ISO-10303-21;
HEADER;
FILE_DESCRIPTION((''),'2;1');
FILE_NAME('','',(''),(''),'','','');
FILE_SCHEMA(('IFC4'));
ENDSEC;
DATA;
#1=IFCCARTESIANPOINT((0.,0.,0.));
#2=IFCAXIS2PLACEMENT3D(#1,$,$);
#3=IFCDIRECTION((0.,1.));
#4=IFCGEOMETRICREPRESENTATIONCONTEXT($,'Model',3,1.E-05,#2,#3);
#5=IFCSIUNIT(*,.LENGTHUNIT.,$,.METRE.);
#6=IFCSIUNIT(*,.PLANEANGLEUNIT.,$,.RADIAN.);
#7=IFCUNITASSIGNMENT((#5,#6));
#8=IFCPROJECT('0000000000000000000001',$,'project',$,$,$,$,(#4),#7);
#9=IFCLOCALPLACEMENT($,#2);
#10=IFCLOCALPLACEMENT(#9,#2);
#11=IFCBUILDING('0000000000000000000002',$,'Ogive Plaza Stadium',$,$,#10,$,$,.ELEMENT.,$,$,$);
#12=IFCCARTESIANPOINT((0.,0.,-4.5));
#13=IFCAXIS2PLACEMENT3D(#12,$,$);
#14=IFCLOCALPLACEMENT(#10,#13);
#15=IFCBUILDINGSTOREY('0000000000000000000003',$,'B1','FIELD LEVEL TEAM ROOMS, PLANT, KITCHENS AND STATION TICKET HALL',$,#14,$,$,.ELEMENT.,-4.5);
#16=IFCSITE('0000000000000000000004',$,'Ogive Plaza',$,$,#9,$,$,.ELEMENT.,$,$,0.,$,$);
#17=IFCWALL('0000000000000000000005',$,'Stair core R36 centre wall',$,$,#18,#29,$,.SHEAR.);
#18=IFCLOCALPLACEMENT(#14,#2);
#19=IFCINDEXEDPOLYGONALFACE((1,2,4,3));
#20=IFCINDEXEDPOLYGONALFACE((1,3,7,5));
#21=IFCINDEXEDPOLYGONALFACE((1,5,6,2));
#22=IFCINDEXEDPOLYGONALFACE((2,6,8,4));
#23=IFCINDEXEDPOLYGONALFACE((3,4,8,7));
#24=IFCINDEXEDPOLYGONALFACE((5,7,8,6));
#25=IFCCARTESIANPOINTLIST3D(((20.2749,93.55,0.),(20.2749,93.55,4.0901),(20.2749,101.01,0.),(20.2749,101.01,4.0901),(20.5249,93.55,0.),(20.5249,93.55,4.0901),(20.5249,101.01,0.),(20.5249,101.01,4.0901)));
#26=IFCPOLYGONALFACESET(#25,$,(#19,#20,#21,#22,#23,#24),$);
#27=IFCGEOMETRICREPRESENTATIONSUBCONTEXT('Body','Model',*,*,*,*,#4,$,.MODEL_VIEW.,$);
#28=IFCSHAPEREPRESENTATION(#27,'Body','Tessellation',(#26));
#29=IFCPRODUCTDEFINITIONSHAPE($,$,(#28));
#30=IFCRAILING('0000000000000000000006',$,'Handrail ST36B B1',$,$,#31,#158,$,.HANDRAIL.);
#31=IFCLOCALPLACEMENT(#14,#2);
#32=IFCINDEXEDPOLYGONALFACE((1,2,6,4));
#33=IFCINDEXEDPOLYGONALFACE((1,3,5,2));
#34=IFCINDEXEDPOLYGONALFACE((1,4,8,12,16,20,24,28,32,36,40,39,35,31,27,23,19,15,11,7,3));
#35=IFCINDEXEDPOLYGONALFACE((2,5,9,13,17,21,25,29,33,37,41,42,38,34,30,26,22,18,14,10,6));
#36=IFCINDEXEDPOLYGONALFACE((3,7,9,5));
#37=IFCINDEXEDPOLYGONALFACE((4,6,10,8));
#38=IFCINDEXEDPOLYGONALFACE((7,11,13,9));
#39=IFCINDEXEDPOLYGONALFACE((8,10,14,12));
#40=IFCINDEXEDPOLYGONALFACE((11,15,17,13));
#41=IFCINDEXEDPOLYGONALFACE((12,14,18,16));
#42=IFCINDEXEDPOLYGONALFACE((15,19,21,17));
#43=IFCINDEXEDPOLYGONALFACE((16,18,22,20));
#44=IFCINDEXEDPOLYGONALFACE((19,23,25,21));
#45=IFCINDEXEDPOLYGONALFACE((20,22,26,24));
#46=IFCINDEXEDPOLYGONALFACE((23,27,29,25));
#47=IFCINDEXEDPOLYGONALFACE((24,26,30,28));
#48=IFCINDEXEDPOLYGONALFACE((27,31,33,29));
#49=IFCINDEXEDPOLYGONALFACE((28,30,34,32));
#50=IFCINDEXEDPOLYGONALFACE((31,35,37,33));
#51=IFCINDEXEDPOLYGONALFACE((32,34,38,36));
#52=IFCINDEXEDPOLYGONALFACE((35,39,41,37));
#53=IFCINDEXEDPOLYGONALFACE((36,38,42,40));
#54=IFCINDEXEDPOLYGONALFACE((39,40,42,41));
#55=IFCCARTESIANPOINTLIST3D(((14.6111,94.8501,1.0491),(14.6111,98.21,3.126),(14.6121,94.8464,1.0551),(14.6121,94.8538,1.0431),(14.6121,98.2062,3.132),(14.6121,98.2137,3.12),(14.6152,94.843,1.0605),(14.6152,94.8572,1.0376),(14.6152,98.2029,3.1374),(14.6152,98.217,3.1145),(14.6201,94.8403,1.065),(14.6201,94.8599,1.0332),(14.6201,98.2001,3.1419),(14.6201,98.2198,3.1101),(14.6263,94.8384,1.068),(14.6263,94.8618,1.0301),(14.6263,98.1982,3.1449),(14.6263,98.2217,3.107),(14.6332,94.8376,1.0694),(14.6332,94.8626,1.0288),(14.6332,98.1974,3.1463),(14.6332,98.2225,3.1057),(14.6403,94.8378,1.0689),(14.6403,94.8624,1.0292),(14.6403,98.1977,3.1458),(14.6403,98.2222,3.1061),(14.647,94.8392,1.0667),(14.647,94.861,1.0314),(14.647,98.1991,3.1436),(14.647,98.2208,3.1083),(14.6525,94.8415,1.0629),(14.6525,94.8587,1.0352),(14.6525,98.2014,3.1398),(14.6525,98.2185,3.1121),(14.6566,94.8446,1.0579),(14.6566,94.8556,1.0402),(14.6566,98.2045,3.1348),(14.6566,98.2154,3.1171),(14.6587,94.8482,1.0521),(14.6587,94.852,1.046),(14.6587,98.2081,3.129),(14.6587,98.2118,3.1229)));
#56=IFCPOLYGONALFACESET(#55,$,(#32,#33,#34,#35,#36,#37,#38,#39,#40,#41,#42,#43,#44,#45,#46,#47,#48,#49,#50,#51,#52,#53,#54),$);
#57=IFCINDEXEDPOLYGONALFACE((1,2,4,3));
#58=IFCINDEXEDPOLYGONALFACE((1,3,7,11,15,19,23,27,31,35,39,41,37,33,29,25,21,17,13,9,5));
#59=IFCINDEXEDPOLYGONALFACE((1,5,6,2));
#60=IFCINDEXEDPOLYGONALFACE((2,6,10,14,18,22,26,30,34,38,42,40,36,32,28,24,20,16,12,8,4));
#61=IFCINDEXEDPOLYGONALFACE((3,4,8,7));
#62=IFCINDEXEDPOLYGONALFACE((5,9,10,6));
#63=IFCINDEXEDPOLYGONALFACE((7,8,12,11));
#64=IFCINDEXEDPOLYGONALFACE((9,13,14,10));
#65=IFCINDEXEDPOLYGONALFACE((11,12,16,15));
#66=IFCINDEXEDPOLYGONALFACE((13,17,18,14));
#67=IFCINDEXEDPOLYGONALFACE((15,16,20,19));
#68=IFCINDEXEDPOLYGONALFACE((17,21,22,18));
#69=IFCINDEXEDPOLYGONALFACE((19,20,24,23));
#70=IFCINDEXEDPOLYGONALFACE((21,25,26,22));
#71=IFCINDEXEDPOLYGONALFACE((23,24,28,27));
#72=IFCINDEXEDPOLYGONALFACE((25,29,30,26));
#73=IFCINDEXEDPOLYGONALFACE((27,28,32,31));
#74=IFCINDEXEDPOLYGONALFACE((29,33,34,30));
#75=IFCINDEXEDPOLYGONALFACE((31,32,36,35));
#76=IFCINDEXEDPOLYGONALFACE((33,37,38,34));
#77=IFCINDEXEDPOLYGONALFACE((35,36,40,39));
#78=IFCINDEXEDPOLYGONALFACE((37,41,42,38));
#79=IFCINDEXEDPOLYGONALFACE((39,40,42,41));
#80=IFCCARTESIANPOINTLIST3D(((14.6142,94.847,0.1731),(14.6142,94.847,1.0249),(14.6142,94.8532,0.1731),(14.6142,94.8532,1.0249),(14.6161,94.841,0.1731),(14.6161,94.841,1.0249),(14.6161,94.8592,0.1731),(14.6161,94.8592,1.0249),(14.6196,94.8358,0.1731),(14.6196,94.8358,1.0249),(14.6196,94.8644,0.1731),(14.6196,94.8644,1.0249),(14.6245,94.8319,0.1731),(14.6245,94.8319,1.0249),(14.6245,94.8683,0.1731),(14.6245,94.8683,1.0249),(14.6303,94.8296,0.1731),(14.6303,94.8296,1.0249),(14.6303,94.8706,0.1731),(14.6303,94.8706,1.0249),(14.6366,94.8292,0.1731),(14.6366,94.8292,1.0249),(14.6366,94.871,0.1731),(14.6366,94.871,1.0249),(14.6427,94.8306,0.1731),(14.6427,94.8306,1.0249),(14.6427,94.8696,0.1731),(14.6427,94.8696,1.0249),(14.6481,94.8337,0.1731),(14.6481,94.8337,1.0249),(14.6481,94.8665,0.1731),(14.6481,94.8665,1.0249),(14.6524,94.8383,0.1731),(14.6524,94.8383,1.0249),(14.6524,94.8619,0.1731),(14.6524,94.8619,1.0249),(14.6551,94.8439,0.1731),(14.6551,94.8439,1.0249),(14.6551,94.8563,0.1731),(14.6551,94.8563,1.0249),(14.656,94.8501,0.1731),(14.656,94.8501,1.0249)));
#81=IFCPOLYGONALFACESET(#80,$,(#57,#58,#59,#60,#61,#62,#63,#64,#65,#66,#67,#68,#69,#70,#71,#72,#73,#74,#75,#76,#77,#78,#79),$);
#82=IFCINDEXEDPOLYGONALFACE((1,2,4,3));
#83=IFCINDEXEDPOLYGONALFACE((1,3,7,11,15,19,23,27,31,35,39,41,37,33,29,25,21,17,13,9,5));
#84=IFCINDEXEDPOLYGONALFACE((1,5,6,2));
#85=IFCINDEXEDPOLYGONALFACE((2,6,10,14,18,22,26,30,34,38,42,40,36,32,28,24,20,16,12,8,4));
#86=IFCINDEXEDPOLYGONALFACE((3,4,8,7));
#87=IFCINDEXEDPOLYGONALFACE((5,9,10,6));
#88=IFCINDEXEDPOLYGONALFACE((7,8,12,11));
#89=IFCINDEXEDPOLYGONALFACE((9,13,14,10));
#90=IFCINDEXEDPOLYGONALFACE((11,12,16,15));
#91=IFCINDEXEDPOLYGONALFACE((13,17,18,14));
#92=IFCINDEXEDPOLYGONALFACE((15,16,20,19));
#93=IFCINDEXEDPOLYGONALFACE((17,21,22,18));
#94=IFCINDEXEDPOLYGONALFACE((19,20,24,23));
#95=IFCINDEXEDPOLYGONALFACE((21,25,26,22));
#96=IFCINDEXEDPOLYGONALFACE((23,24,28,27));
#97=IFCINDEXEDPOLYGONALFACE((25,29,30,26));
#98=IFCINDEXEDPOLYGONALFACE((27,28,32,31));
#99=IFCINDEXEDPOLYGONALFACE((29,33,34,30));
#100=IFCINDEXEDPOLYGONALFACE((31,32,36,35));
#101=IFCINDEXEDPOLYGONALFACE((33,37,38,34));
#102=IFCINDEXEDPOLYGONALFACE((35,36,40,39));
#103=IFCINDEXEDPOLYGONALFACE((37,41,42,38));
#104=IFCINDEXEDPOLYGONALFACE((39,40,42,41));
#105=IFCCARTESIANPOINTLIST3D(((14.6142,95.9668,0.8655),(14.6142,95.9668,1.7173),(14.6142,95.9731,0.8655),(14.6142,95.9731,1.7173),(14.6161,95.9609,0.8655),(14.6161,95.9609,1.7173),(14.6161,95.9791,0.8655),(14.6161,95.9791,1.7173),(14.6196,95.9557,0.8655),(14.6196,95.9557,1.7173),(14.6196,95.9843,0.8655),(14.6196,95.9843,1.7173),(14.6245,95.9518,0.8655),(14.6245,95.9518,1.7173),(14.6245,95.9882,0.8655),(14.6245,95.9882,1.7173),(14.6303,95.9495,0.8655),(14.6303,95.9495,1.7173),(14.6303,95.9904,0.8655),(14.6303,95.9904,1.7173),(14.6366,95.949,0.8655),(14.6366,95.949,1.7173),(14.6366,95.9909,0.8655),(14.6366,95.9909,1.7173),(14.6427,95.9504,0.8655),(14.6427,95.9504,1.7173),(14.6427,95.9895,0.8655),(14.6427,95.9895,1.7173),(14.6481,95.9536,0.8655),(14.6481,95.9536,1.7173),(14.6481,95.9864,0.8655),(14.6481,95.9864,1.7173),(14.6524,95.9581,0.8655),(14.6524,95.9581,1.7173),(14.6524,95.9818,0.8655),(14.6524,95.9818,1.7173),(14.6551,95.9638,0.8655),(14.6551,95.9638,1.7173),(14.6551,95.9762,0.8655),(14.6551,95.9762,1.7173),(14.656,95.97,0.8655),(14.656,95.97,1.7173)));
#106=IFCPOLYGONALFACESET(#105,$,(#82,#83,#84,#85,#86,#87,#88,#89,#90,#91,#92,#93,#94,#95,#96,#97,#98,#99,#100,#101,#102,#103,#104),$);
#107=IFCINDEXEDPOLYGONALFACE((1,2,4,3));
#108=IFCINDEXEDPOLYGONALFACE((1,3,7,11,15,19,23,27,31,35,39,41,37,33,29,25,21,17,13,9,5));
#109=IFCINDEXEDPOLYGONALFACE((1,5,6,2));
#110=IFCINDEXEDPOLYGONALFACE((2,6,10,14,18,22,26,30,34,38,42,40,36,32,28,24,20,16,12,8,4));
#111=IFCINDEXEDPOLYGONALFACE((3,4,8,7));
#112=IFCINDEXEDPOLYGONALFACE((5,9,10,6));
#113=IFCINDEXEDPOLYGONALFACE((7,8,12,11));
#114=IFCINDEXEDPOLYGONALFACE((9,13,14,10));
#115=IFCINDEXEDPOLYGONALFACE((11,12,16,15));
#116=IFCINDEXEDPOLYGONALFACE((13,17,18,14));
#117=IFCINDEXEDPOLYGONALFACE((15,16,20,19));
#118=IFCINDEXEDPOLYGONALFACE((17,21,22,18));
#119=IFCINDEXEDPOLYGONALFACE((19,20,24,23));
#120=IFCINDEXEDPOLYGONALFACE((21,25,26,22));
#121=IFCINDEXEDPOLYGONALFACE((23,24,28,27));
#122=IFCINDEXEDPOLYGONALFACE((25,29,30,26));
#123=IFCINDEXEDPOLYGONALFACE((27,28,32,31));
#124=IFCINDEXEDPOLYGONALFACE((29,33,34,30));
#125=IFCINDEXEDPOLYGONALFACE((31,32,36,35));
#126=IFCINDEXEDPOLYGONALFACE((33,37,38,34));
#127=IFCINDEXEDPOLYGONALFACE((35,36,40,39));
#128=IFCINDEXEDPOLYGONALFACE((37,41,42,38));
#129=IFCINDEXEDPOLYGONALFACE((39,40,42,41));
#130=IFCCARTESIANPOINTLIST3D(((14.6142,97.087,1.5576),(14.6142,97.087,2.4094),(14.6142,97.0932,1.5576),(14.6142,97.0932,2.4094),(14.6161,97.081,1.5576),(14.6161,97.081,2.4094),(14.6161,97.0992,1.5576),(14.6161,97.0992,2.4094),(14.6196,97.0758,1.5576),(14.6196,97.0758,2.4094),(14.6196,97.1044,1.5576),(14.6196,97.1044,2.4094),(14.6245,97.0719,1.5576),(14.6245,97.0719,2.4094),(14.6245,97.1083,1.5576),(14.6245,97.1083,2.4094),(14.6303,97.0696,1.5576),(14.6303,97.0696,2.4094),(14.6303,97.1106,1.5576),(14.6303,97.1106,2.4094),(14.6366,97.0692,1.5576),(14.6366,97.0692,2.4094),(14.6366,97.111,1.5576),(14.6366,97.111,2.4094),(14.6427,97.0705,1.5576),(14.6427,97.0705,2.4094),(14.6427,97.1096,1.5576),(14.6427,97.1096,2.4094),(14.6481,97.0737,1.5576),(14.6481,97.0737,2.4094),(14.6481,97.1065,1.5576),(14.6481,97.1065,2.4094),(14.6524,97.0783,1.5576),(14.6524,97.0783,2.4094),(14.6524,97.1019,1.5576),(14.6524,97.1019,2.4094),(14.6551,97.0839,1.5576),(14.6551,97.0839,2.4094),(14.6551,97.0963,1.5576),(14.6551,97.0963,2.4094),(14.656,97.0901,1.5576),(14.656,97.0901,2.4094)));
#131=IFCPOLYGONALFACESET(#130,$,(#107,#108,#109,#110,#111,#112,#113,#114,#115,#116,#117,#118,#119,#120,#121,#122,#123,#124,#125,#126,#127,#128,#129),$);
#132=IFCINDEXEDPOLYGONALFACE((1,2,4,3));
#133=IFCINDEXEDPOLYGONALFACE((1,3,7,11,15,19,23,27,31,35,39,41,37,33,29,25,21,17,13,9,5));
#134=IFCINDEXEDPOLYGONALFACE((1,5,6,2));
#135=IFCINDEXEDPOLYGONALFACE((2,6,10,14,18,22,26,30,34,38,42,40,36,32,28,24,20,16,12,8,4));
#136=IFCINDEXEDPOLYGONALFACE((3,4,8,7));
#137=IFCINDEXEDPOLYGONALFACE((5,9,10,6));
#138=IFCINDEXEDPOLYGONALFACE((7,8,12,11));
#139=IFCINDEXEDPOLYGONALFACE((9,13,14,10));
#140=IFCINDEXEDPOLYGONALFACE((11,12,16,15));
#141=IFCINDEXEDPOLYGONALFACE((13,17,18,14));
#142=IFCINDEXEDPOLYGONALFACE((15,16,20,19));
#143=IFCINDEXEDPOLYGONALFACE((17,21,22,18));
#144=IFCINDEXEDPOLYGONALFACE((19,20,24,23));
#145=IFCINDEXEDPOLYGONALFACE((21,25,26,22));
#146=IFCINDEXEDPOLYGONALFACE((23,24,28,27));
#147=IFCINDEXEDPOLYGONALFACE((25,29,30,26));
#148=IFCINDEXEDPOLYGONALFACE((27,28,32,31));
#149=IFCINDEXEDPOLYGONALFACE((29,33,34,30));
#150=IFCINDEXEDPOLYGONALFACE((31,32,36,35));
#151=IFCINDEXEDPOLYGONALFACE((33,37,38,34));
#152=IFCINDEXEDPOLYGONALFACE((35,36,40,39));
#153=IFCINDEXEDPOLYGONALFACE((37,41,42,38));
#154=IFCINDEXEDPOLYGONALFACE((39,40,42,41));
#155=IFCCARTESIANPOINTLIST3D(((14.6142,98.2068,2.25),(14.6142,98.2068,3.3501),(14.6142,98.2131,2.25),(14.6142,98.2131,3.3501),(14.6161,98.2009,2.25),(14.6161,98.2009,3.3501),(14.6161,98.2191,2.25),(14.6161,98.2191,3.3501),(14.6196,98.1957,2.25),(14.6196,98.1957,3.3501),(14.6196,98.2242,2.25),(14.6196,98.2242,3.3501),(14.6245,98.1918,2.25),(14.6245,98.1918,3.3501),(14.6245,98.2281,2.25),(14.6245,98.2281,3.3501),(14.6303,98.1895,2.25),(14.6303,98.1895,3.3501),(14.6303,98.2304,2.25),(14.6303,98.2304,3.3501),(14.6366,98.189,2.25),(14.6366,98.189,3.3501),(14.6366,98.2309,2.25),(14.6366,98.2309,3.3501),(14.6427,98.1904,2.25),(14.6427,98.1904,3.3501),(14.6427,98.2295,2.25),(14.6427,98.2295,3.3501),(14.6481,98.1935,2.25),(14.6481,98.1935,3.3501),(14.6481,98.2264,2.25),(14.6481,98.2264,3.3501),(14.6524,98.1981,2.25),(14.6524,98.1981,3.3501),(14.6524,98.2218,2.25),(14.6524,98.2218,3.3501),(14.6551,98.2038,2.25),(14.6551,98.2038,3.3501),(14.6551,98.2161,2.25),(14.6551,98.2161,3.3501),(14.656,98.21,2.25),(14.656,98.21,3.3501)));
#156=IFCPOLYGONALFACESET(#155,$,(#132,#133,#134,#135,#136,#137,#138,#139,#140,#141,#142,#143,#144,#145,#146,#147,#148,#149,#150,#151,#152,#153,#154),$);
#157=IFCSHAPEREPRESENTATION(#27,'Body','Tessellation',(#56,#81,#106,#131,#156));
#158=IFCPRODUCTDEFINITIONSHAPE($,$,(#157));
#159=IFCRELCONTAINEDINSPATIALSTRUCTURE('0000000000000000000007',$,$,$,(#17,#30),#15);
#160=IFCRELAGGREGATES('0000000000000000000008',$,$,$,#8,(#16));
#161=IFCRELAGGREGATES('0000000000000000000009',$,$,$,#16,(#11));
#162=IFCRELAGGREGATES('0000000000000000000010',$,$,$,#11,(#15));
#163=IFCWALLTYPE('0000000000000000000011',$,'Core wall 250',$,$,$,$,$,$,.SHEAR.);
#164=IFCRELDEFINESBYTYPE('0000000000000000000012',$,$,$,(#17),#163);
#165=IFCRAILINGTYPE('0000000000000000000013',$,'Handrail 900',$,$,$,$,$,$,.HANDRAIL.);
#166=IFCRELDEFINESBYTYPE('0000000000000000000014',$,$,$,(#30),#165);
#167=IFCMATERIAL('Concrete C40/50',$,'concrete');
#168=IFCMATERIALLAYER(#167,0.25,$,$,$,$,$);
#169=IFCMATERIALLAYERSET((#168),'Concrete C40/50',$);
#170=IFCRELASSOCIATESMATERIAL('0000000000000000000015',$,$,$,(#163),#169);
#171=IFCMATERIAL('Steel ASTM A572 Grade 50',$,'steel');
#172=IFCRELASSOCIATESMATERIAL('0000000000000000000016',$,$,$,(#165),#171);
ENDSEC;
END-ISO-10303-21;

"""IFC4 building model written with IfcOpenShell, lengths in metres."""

from ifc_helpers import new_model, si_unit, direction, frame, frame_2d, origin, origin_2d, place, context, subcontext, project, spatial, rectangle, circle, extrude, material, layer, layer_set, type_object, element, save


model = new_model("IFC4")

# Units and contexts
model_context = context("Model", 3, precision=1e-05, world=origin(), true_north=direction((0.0, 1.0)))
body_context = subcontext(model_context, "Body", "Model", "MODEL_VIEW")
ifc_project = project(units=[si_unit("LENGTHUNIT", "METRE"), si_unit("PLANEANGLEUNIT", "RADIAN")], contexts=[model_context])

# Site, building, storey
site_placement = place(None, origin())
site = spatial("IfcSite", under=ifc_project, at=site_placement, Name="Ogive Plaza", CompositionType="ELEMENT", RefElevation=0.0)
building_placement = place(site_placement, origin())
building = spatial("IfcBuilding", under=site, at=building_placement, Name="Ogive Plaza Stadium", CompositionType="ELEMENT")
storey_placement = place(building_placement, frame((0.0, 0.0, -4.5)))
storey = spatial("IfcBuildingStorey", under=building, at=storey_placement, Name="B1", Description="FIELD LEVEL TEAM ROOMS, PLANT, KITCHENS AND STATION TICKET HALL", CompositionType="ELEMENT", Elevation=-4.5)

# Wall
ifc_material_1 = material(Name="Concrete C40/50", Category="concrete")
ifc_layer_1 = layer(ifc_material_1, 0.25)
ifc_layer_set_1 = layer_set([ifc_layer_1], Name="Concrete C40/50")
wall_type_1 = type_object("IfcWallType", Name="Core wall 250", PredefinedType="SHEAR", material=ifc_layer_set_1)
for number, where, z_axis, x_axis, name in (
    (1, (20.3999, 93.55, 0.0), (0.0, 0.0, 1.0), (0.0, 1.0, 0.0), "Stair core R36 centre wall"),
):
    element("IfcWall", number, at=place(storey_placement, frame(where, z_axis=z_axis, x_axis=x_axis)), inside=storey, type_object=wall_type_1, Name=name, PredefinedType="SHEAR", context=body_context, shape_type="SweptSolid", body=[
        extrude(rectangle(XDim=7.46, YDim=0.25, at=frame_2d((3.73, 0.0))), origin(), (0.0, 0.0, 1.0), 4.0901),
    ])

# Railing
ifc_material_2 = material(Name="Steel ASTM A572 Grade 50", Category="steel")
railing_type = type_object("IfcRailingType", Name="Handrail 900", PredefinedType="HANDRAIL", material=ifc_material_2)
railing_placement = place(storey_placement, frame((14.635, 94.8501, 0.1731)))
element("IfcRailing", 2, at=railing_placement, inside=storey, type_object=railing_type, Name="Handrail ST36B B1", PredefinedType="HANDRAIL", context=body_context, shape_type="SweptSolid", body=[
    extrude(circle(Radius=0.0239, at=origin_2d()), frame((0.0, 0.0, 0.876), z_axis=(0.0, 0.850606, 0.525803), x_axis=(-1.0, 0.0, 0.0)), (0.0, 0.0, 1.0), 3.95),
    extrude(circle(Radius=0.021, at=origin_2d()), origin(), (0.0, 0.0, 1.0), 0.8518),
    extrude(circle(Radius=0.021, at=origin_2d()), frame((0.0, 1.1199, 0.6924)), (0.0, 0.0, 1.0), 0.8518),
    extrude(circle(Radius=0.021, at=origin_2d()), frame((0.0, 2.24, 1.3845)), (0.0, 0.0, 1.0), 0.8518),
    extrude(circle(Radius=0.021, at=origin_2d()), frame((0.0, 3.3599, 2.0769)), (0.0, 0.0, 1.0), 1.1001),
])

save(model, "model.ifc")
